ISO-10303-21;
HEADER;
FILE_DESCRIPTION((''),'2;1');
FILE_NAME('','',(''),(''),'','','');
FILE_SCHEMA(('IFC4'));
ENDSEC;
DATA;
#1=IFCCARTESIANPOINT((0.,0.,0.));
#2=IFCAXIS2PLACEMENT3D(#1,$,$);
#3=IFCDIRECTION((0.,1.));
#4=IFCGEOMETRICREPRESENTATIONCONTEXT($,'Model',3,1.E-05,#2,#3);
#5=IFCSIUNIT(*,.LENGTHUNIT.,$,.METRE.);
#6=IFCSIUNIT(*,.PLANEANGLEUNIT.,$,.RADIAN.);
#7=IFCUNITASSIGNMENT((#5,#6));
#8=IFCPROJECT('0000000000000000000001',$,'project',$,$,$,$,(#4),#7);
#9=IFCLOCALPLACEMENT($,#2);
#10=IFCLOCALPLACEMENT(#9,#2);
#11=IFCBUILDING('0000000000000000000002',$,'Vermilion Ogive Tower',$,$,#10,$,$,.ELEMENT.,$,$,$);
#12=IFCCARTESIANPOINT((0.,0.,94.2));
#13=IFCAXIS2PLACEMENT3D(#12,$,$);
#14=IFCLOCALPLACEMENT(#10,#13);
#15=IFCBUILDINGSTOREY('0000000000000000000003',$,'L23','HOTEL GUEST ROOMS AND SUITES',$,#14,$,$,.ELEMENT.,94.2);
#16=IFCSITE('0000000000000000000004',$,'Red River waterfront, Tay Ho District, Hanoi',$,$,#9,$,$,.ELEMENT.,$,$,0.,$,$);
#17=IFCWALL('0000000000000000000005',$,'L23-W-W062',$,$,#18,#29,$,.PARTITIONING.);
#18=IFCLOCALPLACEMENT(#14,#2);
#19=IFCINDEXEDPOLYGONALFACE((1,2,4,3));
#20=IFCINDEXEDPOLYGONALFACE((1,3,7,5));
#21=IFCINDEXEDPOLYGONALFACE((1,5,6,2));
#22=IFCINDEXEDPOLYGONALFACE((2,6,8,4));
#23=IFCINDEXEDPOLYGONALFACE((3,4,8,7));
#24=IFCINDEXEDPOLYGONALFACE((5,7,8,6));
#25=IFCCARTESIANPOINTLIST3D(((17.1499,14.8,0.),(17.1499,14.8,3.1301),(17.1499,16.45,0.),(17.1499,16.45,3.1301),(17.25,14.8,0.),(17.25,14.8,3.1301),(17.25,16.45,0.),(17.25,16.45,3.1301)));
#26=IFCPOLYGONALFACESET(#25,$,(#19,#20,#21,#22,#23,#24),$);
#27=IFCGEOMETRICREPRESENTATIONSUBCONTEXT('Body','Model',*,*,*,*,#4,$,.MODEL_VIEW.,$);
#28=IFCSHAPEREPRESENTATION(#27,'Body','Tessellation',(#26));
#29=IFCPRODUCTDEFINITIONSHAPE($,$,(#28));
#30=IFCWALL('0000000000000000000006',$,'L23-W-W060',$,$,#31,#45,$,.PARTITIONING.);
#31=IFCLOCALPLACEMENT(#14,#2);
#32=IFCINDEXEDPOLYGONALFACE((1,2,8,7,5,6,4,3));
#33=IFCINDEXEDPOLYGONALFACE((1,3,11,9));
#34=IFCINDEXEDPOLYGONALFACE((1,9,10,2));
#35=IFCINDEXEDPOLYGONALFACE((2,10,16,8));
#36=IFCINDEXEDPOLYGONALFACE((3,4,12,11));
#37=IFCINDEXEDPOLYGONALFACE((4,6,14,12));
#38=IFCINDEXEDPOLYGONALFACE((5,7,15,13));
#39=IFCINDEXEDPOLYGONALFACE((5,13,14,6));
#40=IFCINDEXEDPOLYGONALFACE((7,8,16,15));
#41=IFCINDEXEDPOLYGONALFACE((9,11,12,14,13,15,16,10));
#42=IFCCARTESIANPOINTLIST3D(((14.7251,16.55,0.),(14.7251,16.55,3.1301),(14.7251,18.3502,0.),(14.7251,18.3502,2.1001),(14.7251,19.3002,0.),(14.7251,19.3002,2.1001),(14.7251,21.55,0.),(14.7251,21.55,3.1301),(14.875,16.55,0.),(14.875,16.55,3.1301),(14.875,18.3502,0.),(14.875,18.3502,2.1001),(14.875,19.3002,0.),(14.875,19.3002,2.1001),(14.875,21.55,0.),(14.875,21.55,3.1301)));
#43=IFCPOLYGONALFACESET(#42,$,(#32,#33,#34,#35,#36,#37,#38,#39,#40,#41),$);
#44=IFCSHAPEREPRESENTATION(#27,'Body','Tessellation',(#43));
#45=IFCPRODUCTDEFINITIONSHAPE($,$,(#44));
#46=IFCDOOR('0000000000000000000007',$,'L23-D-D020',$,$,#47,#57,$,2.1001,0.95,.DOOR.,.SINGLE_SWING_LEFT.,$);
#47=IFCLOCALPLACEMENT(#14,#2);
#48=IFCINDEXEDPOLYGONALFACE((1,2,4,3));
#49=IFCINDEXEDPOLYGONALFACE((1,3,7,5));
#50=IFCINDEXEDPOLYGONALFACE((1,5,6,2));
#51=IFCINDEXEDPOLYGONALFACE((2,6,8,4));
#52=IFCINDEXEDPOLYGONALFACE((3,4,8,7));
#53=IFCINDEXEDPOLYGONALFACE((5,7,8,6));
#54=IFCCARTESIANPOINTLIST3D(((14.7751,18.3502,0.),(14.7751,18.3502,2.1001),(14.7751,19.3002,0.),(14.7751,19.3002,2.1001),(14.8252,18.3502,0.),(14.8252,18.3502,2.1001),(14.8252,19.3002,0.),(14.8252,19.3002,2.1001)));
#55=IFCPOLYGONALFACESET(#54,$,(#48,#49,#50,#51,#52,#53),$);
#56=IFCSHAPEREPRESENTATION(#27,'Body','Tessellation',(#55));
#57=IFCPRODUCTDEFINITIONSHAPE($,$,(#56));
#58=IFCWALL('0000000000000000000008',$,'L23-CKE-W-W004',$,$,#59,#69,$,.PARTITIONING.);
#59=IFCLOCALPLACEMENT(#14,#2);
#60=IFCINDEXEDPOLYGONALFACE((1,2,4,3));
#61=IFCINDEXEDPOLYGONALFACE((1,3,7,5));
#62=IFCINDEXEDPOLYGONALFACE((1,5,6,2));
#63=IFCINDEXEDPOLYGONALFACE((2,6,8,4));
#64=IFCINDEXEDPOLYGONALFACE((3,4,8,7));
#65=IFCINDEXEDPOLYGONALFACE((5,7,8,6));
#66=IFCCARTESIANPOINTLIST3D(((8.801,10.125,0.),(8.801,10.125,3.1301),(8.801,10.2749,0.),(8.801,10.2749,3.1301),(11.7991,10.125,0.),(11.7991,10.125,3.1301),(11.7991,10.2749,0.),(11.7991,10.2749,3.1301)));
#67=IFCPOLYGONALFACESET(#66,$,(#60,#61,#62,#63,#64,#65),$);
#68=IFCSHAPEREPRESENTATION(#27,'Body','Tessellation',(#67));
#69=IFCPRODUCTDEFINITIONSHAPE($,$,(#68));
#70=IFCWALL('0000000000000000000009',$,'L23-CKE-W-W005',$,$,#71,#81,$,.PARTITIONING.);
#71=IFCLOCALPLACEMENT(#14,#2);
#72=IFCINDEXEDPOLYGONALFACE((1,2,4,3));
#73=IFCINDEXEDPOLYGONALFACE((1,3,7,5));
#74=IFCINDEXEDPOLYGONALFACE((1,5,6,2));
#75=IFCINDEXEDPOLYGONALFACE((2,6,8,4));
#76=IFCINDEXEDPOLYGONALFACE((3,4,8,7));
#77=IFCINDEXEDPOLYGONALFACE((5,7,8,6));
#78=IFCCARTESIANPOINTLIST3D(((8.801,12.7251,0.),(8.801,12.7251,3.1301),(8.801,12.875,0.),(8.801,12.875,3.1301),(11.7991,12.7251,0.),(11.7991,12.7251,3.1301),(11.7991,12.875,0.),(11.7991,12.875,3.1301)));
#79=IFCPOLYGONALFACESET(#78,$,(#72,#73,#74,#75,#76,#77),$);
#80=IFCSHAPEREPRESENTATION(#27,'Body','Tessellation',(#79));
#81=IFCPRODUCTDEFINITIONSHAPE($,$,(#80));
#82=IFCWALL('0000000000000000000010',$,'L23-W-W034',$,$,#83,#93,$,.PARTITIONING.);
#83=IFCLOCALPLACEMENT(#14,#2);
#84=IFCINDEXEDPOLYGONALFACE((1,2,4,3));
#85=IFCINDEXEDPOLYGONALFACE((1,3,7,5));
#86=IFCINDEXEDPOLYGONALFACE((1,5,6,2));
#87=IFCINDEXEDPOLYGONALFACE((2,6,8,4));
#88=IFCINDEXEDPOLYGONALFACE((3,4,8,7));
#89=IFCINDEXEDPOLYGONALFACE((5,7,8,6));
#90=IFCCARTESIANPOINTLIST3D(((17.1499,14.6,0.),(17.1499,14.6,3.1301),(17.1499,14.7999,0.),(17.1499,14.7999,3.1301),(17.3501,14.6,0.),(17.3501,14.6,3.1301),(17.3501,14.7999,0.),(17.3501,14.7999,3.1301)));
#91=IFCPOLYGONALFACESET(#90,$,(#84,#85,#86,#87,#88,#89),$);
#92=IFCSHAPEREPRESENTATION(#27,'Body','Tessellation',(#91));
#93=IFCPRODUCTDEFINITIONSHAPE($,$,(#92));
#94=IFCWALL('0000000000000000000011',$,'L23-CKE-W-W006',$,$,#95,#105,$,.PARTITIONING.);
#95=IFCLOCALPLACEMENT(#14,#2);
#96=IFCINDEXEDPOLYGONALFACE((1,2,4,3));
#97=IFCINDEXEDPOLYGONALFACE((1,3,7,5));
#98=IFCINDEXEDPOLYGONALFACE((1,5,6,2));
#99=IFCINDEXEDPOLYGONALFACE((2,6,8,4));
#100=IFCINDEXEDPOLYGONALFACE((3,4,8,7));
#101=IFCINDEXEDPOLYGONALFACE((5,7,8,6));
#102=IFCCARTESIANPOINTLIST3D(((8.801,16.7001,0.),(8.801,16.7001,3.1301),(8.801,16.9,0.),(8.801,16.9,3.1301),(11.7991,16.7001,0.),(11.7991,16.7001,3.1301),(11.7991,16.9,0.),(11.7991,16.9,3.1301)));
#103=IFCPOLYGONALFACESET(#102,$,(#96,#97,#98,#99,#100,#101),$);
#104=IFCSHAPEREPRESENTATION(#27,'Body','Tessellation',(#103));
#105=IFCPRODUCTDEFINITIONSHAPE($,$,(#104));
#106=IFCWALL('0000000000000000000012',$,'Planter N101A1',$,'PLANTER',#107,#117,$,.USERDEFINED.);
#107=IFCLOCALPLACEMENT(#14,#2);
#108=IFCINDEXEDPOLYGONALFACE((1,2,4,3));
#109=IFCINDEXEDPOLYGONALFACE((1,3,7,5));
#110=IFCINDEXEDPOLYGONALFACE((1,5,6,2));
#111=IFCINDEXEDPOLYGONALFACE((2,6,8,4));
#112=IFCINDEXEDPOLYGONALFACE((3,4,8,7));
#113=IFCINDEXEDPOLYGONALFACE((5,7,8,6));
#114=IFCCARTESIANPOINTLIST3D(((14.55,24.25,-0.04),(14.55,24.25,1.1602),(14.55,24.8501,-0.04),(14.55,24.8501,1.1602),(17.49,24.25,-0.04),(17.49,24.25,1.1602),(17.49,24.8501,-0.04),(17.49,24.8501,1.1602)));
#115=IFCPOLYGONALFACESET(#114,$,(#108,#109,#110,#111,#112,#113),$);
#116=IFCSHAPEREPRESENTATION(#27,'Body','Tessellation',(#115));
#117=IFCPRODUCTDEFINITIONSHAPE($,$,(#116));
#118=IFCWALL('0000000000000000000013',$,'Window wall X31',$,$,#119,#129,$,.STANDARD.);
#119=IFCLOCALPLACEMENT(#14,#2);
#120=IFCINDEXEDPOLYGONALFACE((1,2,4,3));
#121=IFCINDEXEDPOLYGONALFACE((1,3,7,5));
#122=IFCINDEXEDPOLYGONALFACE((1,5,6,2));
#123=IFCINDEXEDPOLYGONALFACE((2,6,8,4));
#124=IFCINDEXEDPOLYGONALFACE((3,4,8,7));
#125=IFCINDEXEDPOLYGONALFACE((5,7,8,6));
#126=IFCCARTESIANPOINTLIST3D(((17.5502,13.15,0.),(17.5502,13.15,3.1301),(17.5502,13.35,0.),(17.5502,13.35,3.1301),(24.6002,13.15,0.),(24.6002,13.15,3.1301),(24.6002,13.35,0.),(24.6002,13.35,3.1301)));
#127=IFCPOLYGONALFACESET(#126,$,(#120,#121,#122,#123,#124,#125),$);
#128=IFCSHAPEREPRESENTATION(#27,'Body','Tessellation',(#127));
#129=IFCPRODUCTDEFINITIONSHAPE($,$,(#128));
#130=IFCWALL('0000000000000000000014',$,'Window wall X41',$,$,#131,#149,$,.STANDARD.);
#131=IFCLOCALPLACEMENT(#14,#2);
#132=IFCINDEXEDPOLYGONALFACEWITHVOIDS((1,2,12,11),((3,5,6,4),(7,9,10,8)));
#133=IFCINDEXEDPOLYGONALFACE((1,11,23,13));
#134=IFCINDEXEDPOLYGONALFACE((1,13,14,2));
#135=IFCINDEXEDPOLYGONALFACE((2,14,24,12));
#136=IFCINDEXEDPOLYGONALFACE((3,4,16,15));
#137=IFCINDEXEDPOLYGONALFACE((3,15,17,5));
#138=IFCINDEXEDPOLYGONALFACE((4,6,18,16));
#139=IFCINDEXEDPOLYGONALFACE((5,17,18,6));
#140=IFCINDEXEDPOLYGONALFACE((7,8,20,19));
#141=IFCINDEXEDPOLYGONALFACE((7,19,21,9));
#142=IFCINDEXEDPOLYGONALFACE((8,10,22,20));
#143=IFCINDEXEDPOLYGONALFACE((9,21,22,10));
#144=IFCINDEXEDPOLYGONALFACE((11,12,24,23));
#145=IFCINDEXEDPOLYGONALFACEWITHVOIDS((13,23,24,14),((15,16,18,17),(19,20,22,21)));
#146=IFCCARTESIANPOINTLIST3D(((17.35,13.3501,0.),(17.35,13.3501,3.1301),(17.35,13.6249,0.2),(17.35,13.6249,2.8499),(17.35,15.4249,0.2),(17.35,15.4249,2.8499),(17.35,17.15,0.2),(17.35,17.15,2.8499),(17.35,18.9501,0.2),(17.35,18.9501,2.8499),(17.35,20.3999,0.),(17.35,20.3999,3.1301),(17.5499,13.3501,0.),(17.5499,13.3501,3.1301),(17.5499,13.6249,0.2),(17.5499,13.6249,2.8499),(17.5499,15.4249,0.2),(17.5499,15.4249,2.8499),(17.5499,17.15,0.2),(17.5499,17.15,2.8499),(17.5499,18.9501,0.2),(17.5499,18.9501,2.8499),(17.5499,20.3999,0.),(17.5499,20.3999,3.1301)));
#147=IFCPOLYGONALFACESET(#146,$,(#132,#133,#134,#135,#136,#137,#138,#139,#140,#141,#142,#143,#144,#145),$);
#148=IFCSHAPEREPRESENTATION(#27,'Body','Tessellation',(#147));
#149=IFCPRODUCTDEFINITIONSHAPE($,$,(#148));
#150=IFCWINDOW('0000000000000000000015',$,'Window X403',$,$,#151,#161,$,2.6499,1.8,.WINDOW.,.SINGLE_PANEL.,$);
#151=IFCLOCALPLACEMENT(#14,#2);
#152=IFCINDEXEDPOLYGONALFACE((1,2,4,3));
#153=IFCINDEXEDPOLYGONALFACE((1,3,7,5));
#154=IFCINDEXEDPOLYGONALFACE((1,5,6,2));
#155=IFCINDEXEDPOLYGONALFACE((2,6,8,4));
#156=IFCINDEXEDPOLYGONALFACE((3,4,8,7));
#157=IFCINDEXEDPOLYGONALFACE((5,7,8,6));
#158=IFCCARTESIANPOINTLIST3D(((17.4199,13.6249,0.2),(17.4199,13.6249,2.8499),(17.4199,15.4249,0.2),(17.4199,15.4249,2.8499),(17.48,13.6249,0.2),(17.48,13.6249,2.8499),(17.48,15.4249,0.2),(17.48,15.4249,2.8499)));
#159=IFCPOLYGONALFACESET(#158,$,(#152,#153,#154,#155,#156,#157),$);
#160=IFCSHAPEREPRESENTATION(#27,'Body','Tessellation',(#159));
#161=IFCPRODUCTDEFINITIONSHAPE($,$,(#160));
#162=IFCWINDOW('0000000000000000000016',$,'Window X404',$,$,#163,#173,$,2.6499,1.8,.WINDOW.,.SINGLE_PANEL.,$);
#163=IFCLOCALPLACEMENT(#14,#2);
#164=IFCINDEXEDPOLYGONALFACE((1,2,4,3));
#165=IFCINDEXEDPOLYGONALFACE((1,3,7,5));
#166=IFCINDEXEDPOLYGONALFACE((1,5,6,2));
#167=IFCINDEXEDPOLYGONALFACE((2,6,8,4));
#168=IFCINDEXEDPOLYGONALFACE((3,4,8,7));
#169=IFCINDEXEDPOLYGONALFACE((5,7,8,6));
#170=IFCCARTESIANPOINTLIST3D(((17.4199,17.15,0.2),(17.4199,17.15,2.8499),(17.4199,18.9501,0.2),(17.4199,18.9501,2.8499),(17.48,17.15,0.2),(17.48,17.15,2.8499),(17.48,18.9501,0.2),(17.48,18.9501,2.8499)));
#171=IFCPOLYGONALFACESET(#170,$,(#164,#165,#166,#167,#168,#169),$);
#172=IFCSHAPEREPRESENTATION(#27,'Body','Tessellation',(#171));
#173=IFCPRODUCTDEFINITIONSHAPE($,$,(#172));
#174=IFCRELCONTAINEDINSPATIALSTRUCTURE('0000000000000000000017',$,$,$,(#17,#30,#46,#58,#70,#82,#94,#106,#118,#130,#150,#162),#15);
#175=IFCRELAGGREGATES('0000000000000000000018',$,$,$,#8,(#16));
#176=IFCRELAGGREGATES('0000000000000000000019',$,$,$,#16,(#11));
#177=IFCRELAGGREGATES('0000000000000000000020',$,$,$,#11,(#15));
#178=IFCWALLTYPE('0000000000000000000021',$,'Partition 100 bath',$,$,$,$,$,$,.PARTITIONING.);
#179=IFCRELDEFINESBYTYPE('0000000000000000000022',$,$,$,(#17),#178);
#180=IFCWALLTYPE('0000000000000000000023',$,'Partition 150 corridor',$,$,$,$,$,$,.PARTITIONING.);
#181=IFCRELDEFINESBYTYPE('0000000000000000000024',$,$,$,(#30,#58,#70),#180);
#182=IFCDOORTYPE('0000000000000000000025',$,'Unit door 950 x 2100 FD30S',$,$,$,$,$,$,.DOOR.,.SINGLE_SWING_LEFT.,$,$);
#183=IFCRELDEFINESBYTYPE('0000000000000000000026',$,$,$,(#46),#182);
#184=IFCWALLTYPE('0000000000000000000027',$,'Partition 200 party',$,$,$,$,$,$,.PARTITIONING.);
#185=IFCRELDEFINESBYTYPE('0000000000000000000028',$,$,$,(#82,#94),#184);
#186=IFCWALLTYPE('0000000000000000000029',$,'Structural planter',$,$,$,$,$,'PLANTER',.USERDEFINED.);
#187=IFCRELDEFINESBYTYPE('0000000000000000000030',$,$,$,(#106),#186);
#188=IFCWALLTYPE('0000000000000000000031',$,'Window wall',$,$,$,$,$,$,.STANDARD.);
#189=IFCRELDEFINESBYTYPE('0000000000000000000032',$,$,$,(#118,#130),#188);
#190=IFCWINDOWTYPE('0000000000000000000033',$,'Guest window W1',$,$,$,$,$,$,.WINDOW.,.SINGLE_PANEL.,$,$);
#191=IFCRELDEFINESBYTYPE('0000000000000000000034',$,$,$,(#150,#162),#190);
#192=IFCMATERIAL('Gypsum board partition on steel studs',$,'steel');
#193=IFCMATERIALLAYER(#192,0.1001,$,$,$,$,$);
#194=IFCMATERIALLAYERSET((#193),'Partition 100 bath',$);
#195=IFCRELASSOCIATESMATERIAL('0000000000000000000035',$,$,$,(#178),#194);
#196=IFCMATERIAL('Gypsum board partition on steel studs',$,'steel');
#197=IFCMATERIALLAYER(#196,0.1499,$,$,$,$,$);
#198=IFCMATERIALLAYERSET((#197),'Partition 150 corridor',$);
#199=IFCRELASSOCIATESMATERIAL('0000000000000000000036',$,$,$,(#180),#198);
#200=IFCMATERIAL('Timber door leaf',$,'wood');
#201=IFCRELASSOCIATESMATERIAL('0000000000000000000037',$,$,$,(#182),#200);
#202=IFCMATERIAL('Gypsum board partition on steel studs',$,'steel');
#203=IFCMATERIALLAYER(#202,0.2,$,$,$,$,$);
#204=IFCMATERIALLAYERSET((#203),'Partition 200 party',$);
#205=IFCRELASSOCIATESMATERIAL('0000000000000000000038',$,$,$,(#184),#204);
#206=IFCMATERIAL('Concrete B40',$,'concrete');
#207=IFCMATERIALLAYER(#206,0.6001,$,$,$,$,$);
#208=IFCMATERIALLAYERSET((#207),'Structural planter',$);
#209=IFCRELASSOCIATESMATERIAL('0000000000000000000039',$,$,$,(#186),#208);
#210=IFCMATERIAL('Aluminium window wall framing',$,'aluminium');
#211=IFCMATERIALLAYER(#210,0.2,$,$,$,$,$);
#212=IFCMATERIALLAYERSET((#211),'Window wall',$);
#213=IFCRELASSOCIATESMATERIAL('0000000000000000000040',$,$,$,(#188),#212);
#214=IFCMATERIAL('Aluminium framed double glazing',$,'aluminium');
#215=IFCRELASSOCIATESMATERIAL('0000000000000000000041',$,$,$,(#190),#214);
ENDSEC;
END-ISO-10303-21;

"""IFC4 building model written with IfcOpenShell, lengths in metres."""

from ifc_helpers import new_model, si_unit, direction, frame, frame_2d, origin, place, context, subcontext, project, spatial, rectangle, extrude, material, layer, layer_set, type_object, element, fill, save


model = new_model("IFC4")

# Units and contexts
model_context = context("Model", 3, precision=1e-05, world=origin(), true_north=direction((0.0, 1.0)))
body_context = subcontext(model_context, "Body", "Model", "MODEL_VIEW")
ifc_project = project(units=[si_unit("LENGTHUNIT", "METRE"), si_unit("PLANEANGLEUNIT", "RADIAN")], contexts=[model_context])

# Site, building, storey
site_placement = place(None, origin())
site = spatial("IfcSite", under=ifc_project, at=site_placement, Name="Red River waterfront, Tay Ho District, Hanoi", CompositionType="ELEMENT", RefElevation=0.0)
building_placement = place(site_placement, origin())
building = spatial("IfcBuilding", under=site, at=building_placement, Name="Vermilion Ogive Tower", CompositionType="ELEMENT")
storey_placement = place(building_placement, frame((0.0, 0.0, 94.2)))
storey = spatial("IfcBuildingStorey", under=building, at=storey_placement, Name="L23", Description="HOTEL GUEST ROOMS AND SUITES", CompositionType="ELEMENT", Elevation=94.2)

# Shared definitions
ifc_material_1 = material(Name="Gypsum board partition on steel studs", Category="steel")
ifc_layer_1 = layer(ifc_material_1, 0.1001)
ifc_layer_set_1 = layer_set([ifc_layer_1], Name="Partition 100 bath")
wall_type_1 = type_object("IfcWallType", Name="Partition 100 bath", PredefinedType="PARTITIONING", material=ifc_layer_set_1)

# Wall
wall_1_placement = place(storey_placement, frame((17.2, 14.8, 0.0), z_axis=(0.0, 0.0, 1.0), x_axis=(0.0, 1.0, 0.0)))
element("IfcWall", 1, at=wall_1_placement, inside=storey, type_object=wall_type_1, Name="L23-W-W062", PredefinedType="PARTITIONING", context=body_context, shape_type="SweptSolid", body=[
    extrude(rectangle(XDim=1.6499, YDim=0.1001, at=frame_2d((0.825, 0.0))), origin(), (0.0, 0.0, 1.0), 3.1301),
])

# Wall, opening, door
ifc_material_2 = material(Name="Gypsum board partition on steel studs", Category="steel")
ifc_layer_2 = layer(ifc_material_2, 0.1499)
ifc_layer_set_2 = layer_set([ifc_layer_2], Name="Partition 150 corridor")
wall_type_2 = type_object("IfcWallType", Name="Partition 150 corridor", PredefinedType="PARTITIONING", material=ifc_layer_set_2)
wall_2_placement = place(storey_placement, frame((14.8, 16.55, 0.0), z_axis=(0.0, 0.0, 1.0), x_axis=(0.0, 1.0, 0.0)))
wall_2 = element("IfcWall", 2, at=wall_2_placement, inside=storey, type_object=wall_type_2, Name="L23-W-W060", PredefinedType="PARTITIONING", context=body_context, shape_type="SweptSolid", body=[
    extrude(rectangle(XDim=5.0, YDim=0.1499, at=frame_2d((2.5, 0.0))), origin(), (0.0, 0.0, 1.0), 3.1301),
])
opening_1_placement = place(wall_2_placement, frame((1.8, 0.0, 0.0)))
opening_1 = element("IfcOpeningElement", 3, at=opening_1_placement, cuts=wall_2, PredefinedType="OPENING", context=body_context, shape_type="SweptSolid", body=[
    extrude(rectangle(XDim=0.95, YDim=2.1001, at=frame_2d((0.4751, 1.05))), frame((0.0, 0.085, 0.0), z_axis=(0.0, -1.0, 0.0), x_axis=(1.0, 0.0, 0.0)), (0.0, 0.0, 1.0), 0.1699),
])
ifc_material_3 = material(Name="Timber door leaf", Category="wood")
door_type_1 = type_object("IfcDoorType", Name="Unit door 950 x 2100 FD30S", OperationType="SINGLE_SWING_LEFT", PredefinedType="DOOR", material=ifc_material_3)
door_1_placement = place(opening_1_placement, origin())
door_1 = element("IfcDoor", 4, at=door_1_placement, inside=storey, type_object=door_type_1, Name="L23-D-D020", OperationType="SINGLE_SWING_LEFT", OverallHeight=2.1001, OverallWidth=0.95, PredefinedType="DOOR", context=body_context, shape_type="SweptSolid", body=[
    extrude(rectangle(XDim=0.95, YDim=2.1001, at=frame_2d((0.4751, 1.05))), frame((0.0, 0.0249, 0.0), z_axis=(0.0, -1.0, 0.0), x_axis=(1.0, 0.0, 0.0)), (0.0, 0.0, 1.0), 0.05),
])
fill(opening_1, door_1)

# Walls
for number, where, z_axis, x_axis, name in (
    (5, (8.801, 10.2, 0.0), (0.0, 0.0, 1.0), (1.0, 0.0, 0.0), "L23-CKE-W-W004"),
    (6, (8.801, 12.8, 0.0), (0.0, 0.0, 1.0), (1.0, 0.0, 0.0), "L23-CKE-W-W005"),
):
    element("IfcWall", number, at=place(storey_placement, frame(where, z_axis=z_axis, x_axis=x_axis)), inside=storey, type_object=wall_type_2, Name=name, PredefinedType="PARTITIONING", context=body_context, shape_type="SweptSolid", body=[
        extrude(rectangle(XDim=2.998, YDim=0.1499, at=frame_2d((1.499, 0.0))), origin(), (0.0, 0.0, 1.0), 3.1301),
    ])
ifc_material_4 = material(Name="Gypsum board partition on steel studs", Category="steel")
ifc_layer_3 = layer(ifc_material_4, 0.2)
ifc_layer_set_3 = layer_set([ifc_layer_3], Name="Partition 200 party")
wall_type_3 = type_object("IfcWallType", Name="Partition 200 party", PredefinedType="PARTITIONING", material=ifc_layer_set_3)
wall_3_placement = place(storey_placement, frame((17.1499, 14.7, 0.0), z_axis=(0.0, 0.0, 1.0), x_axis=(1.0, 0.0, 0.0)))
element("IfcWall", 7, at=wall_3_placement, inside=storey, type_object=wall_type_3, Name="L23-W-W034", PredefinedType="PARTITIONING", context=body_context, shape_type="SweptSolid", body=[
    extrude(rectangle(XDim=0.2002, YDim=0.2, at=frame_2d((0.1001, 0.0))), origin(), (0.0, 0.0, 1.0), 3.1301),
])
wall_4_placement = place(storey_placement, frame((8.801, 16.8, 0.0), z_axis=(0.0, 0.0, 1.0), x_axis=(1.0, 0.0, 0.0)))
element("IfcWall", 8, at=wall_4_placement, inside=storey, type_object=wall_type_3, Name="L23-CKE-W-W006", PredefinedType="PARTITIONING", context=body_context, shape_type="SweptSolid", body=[
    extrude(rectangle(XDim=2.998, YDim=0.2, at=frame_2d((1.499, 0.0))), origin(), (0.0, 0.0, 1.0), 3.1301),
])
ifc_material_5 = material(Name="Concrete B40", Category="concrete")
ifc_layer_4 = layer(ifc_material_5, 0.6001)
ifc_layer_set_4 = layer_set([ifc_layer_4], Name="Structural planter")
wall_type_4 = type_object("IfcWallType", Name="Structural planter", ElementType="PLANTER", PredefinedType="USERDEFINED", material=ifc_layer_set_4)
wall_5_placement = place(storey_placement, frame((17.49, 24.55, -0.04), z_axis=(0.0, 0.0, 1.0), x_axis=(-1.0, 0.0, 0.0)))
element("IfcWall", 9, at=wall_5_placement, inside=storey, type_object=wall_type_4, Name="Planter N101A1", ObjectType="PLANTER", PredefinedType="USERDEFINED", context=body_context, shape_type="SweptSolid", body=[
    extrude(rectangle(XDim=2.9399, YDim=0.6001, at=frame_2d((1.47, 0.0))), origin(), (0.0, 0.0, 1.0), 1.2002),
])
ifc_material_6 = material(Name="Aluminium window wall framing", Category="aluminium")
ifc_layer_5 = layer(ifc_material_6, 0.2)
ifc_layer_set_5 = layer_set([ifc_layer_5], Name="Window wall")
wall_type_5 = type_object("IfcWallType", Name="Window wall", PredefinedType="STANDARD", material=ifc_layer_set_5)
wall_6_placement = place(storey_placement, frame((24.6001, 13.25, 0.0), z_axis=(0.0, 0.0, 1.0), x_axis=(-1.0, 0.0, 0.0)))
element("IfcWall", 10, at=wall_6_placement, inside=storey, type_object=wall_type_5, Name="Window wall X31", PredefinedType="STANDARD", context=body_context, shape_type="SweptSolid", body=[
    extrude(rectangle(XDim=7.05, YDim=0.2, at=frame_2d((3.5249, 0.0))), origin(), (0.0, 0.0, 1.0), 3.1301),
])

# Wall, openings, windows
wall_7_placement = place(storey_placement, frame((17.45, 13.3501, 0.0), z_axis=(0.0, 0.0, 1.0), x_axis=(0.0, 1.0, 0.0)))
wall_7 = element("IfcWall", 11, at=wall_7_placement, inside=storey, type_object=wall_type_5, Name="Window wall X41", PredefinedType="STANDARD", context=body_context, shape_type="SweptSolid", body=[
    extrude(rectangle(XDim=7.0498, YDim=0.2, at=frame_2d((3.5249, 0.0))), origin(), (0.0, 0.0, 1.0), 3.1301),
])
opening_2_placement = place(wall_7_placement, frame((0.2749, 0.0, 0.2)))
opening_2 = element("IfcOpeningElement", 12, at=opening_2_placement, cuts=wall_7, PredefinedType="OPENING", context=body_context, shape_type="SweptSolid", body=[
    extrude(rectangle(XDim=1.8, YDim=2.6499, at=frame_2d((0.8999, 1.325))), frame((0.0, 0.1099, 0.0), z_axis=(0.0, -1.0, 0.0), x_axis=(1.0, 0.0, 0.0)), (0.0, 0.0, 1.0), 0.22),
])
opening_3_placement = place(wall_7_placement, frame((3.8, 0.0, 0.2)))
opening_3 = element("IfcOpeningElement", 13, at=opening_3_placement, cuts=wall_7, PredefinedType="OPENING", context=body_context, shape_type="SweptSolid", body=[
    extrude(rectangle(XDim=1.8, YDim=2.6499, at=frame_2d((0.8999, 1.325))), frame((0.0, 0.1099, 0.0), z_axis=(0.0, -1.0, 0.0), x_axis=(1.0, 0.0, 0.0)), (0.0, 0.0, 1.0), 0.22),
])
ifc_material_7 = material(Name="Aluminium framed double glazing", Category="aluminium")
window_type = type_object("IfcWindowType", Name="Guest window W1", PartitioningType="SINGLE_PANEL", PredefinedType="WINDOW", material=ifc_material_7)
window_1_placement = place(opening_2_placement, origin())
window_1 = element("IfcWindow", 14, at=window_1_placement, inside=storey, type_object=window_type, Name="Window X403", OverallHeight=2.6499, OverallWidth=1.8, PartitioningType="SINGLE_PANEL", PredefinedType="WINDOW", context=body_context, shape_type="SweptSolid", body=[
    extrude(rectangle(XDim=1.8, YDim=2.6499, at=frame_2d((0.8999, 1.325))), frame((0.0, 0.03, 0.0), z_axis=(0.0, -1.0, 0.0), x_axis=(1.0, 0.0, 0.0)), (0.0, 0.0, 1.0), 0.0601),
])
fill(opening_2, window_1)
window_2_placement = place(opening_3_placement, origin())
window_2 = element("IfcWindow", 15, at=window_2_placement, inside=storey, type_object=window_type, Name="Window X404", OverallHeight=2.6499, OverallWidth=1.8, PartitioningType="SINGLE_PANEL", PredefinedType="WINDOW", context=body_context, shape_type="SweptSolid", body=[
    extrude(rectangle(XDim=1.8, YDim=2.6499, at=frame_2d((0.8999, 1.325))), frame((0.0, 0.03, 0.0), z_axis=(0.0, -1.0, 0.0), x_axis=(1.0, 0.0, 0.0)), (0.0, 0.0, 1.0), 0.0601),
])
fill(opening_3, window_2)

save(model, "model.ifc")
